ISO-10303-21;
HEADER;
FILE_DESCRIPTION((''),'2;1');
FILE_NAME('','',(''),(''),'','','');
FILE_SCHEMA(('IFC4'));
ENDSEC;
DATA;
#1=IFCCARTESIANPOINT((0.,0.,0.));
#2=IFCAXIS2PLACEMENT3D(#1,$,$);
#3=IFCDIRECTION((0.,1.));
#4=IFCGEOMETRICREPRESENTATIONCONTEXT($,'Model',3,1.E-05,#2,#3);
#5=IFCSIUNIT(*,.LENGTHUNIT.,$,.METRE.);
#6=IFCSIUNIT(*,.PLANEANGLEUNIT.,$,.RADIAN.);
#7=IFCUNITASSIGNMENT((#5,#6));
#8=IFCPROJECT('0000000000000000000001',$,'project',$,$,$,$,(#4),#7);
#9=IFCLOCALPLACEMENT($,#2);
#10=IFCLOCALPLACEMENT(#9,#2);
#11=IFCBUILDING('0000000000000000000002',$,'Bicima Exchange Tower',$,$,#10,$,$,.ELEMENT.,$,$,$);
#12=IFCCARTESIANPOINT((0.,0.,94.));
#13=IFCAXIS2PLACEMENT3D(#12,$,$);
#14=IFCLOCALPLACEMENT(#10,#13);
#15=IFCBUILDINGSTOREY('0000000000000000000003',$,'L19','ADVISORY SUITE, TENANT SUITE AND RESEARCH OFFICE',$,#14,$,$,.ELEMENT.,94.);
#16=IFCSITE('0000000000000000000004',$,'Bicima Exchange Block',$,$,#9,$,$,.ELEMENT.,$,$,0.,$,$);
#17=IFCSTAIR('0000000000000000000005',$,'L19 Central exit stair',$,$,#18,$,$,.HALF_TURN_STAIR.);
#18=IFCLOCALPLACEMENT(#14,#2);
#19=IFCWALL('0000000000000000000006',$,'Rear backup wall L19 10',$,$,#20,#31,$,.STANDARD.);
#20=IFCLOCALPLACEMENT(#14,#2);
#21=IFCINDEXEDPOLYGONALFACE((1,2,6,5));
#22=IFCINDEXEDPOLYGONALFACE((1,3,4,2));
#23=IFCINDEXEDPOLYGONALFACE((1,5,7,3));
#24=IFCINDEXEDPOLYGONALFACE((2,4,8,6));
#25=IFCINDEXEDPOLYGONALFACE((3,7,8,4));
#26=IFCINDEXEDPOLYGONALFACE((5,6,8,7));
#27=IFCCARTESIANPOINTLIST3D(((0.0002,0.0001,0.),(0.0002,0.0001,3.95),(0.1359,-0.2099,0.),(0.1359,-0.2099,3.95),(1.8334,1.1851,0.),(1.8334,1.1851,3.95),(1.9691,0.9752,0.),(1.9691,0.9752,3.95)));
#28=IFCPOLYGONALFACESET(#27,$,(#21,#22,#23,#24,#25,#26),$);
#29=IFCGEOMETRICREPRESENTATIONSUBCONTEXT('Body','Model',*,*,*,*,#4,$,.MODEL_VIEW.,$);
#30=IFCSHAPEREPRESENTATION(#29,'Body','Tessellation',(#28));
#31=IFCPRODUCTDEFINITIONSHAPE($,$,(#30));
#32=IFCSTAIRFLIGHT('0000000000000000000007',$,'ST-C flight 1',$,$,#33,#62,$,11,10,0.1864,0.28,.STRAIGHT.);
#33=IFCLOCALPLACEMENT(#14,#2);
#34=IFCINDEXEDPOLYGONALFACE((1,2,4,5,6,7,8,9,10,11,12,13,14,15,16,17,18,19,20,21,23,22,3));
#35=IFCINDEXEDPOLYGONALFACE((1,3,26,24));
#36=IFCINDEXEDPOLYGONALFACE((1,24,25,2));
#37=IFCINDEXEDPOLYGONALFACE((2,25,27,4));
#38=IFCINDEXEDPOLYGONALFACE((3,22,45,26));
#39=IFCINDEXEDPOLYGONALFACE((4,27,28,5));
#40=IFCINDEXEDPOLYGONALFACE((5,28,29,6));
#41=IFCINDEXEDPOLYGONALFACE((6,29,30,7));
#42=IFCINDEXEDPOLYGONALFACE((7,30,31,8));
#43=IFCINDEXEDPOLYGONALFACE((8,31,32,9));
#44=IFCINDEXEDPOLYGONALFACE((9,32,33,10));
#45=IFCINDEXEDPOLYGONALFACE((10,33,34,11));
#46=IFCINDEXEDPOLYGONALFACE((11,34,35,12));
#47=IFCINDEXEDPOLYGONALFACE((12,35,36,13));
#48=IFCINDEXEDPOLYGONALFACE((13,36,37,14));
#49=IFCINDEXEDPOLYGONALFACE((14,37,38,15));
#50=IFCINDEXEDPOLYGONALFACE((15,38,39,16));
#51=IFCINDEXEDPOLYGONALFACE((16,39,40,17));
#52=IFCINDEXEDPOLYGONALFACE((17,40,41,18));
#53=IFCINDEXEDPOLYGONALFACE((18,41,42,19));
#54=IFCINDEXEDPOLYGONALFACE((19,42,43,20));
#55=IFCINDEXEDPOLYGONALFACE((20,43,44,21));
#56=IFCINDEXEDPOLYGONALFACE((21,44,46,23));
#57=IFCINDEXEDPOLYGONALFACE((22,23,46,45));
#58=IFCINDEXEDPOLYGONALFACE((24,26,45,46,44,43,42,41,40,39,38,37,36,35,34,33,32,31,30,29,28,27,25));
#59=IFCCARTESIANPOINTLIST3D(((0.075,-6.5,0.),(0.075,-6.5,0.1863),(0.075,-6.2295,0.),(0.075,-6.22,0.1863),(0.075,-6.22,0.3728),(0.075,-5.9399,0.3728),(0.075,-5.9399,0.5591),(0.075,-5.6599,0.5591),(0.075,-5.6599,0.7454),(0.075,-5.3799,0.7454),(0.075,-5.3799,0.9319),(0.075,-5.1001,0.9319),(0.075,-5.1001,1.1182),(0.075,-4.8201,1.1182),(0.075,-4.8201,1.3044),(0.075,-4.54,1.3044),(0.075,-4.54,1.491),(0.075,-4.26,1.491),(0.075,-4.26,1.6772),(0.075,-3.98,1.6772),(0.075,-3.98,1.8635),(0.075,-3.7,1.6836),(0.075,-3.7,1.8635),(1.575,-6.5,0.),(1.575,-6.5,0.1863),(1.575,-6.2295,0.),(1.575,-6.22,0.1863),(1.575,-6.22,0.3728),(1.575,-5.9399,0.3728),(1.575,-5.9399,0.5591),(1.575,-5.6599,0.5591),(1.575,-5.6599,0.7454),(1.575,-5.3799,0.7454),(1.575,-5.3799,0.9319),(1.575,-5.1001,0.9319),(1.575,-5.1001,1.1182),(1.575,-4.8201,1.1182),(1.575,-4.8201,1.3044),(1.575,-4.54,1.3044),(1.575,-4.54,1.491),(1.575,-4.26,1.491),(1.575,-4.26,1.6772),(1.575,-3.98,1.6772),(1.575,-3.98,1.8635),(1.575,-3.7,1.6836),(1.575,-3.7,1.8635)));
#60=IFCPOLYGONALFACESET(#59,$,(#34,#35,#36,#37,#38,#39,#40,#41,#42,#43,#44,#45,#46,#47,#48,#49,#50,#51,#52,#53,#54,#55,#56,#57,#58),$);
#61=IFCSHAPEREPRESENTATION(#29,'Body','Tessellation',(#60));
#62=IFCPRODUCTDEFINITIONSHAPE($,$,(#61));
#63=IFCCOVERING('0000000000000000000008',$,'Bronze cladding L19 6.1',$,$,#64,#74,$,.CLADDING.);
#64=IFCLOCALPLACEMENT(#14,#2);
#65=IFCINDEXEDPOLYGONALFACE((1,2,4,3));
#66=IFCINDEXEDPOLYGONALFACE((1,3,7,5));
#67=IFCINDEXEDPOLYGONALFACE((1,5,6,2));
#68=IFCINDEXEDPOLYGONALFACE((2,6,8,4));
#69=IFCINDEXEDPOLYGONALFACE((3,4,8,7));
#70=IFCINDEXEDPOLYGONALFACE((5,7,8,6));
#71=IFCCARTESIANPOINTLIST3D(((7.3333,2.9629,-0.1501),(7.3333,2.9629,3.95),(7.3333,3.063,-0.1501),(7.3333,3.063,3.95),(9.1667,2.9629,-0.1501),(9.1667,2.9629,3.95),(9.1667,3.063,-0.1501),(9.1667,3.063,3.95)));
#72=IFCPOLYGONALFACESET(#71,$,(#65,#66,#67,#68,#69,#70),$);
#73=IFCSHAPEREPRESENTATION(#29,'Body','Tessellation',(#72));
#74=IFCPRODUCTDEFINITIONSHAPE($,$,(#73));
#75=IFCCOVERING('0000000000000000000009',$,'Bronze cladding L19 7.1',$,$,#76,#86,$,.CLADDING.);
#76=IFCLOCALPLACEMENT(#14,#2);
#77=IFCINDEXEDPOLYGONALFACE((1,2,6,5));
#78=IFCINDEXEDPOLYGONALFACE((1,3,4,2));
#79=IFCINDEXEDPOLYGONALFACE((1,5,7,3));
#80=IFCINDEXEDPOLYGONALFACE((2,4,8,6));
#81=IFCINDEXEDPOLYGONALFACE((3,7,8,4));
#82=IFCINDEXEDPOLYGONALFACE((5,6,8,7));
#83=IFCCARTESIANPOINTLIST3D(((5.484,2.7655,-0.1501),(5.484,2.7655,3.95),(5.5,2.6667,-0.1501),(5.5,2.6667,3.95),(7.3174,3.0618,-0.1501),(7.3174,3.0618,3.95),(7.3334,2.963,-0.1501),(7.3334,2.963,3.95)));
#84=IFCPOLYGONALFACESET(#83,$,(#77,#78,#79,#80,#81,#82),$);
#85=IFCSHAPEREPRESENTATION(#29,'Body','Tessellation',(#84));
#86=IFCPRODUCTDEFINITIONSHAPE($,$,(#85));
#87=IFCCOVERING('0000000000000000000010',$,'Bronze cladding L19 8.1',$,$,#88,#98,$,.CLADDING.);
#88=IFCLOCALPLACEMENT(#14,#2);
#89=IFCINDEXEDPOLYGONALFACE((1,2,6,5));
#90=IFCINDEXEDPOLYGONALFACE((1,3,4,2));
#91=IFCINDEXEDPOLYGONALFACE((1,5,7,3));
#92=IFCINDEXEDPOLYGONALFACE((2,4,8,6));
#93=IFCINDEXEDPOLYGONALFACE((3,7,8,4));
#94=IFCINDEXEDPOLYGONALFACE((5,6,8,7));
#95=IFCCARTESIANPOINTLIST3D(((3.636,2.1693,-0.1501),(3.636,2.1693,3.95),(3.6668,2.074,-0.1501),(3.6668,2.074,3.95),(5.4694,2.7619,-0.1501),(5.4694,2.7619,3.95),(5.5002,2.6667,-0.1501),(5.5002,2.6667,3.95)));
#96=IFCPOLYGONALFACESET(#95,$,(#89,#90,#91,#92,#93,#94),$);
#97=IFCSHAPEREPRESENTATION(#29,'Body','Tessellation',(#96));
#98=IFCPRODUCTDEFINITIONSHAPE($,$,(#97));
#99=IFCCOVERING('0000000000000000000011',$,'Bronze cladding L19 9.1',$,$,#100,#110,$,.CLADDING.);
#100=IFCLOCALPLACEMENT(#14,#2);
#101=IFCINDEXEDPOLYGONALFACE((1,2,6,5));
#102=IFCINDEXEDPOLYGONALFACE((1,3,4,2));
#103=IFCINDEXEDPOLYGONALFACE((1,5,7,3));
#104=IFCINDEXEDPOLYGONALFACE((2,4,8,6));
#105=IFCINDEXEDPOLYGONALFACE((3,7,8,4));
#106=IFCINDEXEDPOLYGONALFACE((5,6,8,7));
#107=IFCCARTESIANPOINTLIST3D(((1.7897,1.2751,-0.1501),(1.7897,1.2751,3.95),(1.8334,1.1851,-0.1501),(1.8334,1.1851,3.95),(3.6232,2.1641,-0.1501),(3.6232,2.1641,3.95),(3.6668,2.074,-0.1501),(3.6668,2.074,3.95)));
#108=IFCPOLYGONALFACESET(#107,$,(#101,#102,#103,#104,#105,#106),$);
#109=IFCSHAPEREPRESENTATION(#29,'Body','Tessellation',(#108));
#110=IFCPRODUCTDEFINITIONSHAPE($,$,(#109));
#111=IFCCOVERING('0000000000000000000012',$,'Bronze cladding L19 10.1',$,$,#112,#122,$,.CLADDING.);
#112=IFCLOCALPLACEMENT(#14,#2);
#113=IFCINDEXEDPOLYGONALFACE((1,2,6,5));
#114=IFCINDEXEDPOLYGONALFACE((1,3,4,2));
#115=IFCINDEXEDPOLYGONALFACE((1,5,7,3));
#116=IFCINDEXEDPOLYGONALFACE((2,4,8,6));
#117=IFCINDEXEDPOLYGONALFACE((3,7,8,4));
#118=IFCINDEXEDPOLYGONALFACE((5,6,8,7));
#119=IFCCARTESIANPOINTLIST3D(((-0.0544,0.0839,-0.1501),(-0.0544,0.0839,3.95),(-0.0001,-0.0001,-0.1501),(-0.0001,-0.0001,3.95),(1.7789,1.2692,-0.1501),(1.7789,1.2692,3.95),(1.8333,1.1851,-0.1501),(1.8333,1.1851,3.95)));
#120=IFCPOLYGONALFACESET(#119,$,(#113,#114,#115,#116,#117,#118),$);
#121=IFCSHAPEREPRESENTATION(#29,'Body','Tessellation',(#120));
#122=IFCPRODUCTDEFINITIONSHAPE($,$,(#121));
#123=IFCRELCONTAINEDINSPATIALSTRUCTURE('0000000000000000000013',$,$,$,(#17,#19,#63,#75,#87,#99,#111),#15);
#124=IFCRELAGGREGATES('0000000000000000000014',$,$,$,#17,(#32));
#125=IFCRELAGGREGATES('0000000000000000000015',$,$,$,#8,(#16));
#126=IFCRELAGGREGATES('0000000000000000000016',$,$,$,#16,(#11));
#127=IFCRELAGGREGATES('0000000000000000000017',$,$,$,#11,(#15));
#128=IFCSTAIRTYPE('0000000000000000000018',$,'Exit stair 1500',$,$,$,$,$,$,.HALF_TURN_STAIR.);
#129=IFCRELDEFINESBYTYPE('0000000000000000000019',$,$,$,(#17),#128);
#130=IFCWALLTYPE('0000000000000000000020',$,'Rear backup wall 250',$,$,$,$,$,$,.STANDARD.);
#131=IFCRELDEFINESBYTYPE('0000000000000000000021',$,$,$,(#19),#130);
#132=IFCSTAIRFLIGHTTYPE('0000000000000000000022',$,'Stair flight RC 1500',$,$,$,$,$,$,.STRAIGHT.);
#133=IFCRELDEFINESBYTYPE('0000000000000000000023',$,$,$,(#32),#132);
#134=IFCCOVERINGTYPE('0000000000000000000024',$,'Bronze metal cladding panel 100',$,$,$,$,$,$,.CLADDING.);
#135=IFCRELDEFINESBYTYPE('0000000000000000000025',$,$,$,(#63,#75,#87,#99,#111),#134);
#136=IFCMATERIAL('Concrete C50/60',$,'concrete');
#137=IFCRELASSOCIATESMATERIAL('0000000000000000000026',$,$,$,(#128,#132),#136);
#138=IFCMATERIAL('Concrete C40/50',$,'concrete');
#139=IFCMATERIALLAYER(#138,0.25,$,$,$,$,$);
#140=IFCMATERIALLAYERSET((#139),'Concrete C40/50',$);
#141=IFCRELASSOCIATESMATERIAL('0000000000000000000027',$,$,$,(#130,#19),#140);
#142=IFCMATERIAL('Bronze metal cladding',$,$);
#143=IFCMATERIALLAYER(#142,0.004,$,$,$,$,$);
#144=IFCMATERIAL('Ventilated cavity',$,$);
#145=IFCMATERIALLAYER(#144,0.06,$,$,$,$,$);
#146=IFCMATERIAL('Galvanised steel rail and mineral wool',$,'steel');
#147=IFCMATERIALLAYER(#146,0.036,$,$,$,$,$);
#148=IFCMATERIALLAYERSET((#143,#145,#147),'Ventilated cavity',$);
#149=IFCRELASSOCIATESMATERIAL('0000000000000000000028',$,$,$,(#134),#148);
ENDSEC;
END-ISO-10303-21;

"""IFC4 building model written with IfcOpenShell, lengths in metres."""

from ifc_helpers import new_model, si_unit, direction, frame, frame_2d, origin, origin_2d, place, context, subcontext, project, spatial, polyline, rectangle, outline, extrude, material, layer, layer_set, layer_usage, type_object, element, aggregate, save


model = new_model("IFC4")

# Units and contexts
model_context = context("Model", 3, precision=1e-05, world=origin(), true_north=direction((0.0, 1.0)))
body_context = subcontext(model_context, "Body", "Model", "MODEL_VIEW")
ifc_project = project(units=[si_unit("LENGTHUNIT", "METRE"), si_unit("PLANEANGLEUNIT", "RADIAN")], contexts=[model_context])

# Site, building, storey
site_placement = place(None, origin())
site = spatial("IfcSite", under=ifc_project, at=site_placement, Name="Bicima Exchange Block", CompositionType="ELEMENT", RefElevation=0.0)
building_placement = place(site_placement, origin())
building = spatial("IfcBuilding", under=site, at=building_placement, Name="Bicima Exchange Tower", CompositionType="ELEMENT")
storey_placement = place(building_placement, frame((0.0, 0.0, 94.0)))
storey = spatial("IfcBuildingStorey", under=building, at=storey_placement, Name="L19", Description="ADVISORY SUITE, TENANT SUITE AND RESEARCH OFFICE", CompositionType="ELEMENT", Elevation=94.0)

# Shared definitions
ifc_material_1 = material(Name="Concrete C40/50", Category="concrete")

# Stair
ifc_material_2 = material(Name="Concrete C50/60", Category="concrete")
stair_type_1 = type_object("IfcStairType", Name="Exit stair 1500", PredefinedType="HALF_TURN_STAIR", material=ifc_material_2)
stair_1_placement = place(storey_placement, origin())
stair_1 = element("IfcStair", 1, at=stair_1_placement, inside=storey, type_object=stair_type_1, Name="L19 Central exit stair", PredefinedType="HALF_TURN_STAIR")

# Wall
ifc_layer_1 = layer(ifc_material_1, 0.25)
ifc_layer_set_1 = layer_set([ifc_layer_1], Name="Concrete C40/50")
ifc_layer_usage = layer_usage(ifc_layer_set_1, "AXIS2", "POSITIVE", -0.125)
wall_type_1 = type_object("IfcWallType", Name="Rear backup wall 250", PredefinedType="STANDARD", material=ifc_layer_set_1)
wall_1_placement = place(storey_placement, frame((1.9011, 1.0801, 0.0), z_axis=(0.0, 0.0, 1.0), x_axis=(-0.839813, -0.542876, 0.0)))
element("IfcWall", 2, at=wall_1_placement, inside=storey, type_object=wall_type_1, material=ifc_layer_usage, Name="Rear backup wall L19 10", PredefinedType="STANDARD", context=body_context, shape_type="SweptSolid", body=[
    extrude(rectangle(XDim=2.1829, YDim=0.25, at=frame_2d((1.0913, 0.0))), origin(), (0.0, 0.0, 1.0), 3.95),
])

# Stair flight
stair_flight_type = type_object("IfcStairFlightType", Name="Stair flight RC 1500", PredefinedType="STRAIGHT", material=ifc_material_2)
stair_flight_placement = place(storey_placement, frame((0.825, -6.5, 0.0), z_axis=(0.0, 0.0, 1.0), x_axis=(0.0, 1.0, 0.0)))
stair_flight = element("IfcStairFlight", 3, at=stair_flight_placement, type_object=stair_flight_type, Name="ST-C flight 1", NumberOfRisers=11, NumberOfTreads=10, PredefinedType="STRAIGHT", RiserHeight=0.1864, TreadLength=0.28, context=body_context, shape_type="SweptSolid", body=[
    extrude(outline(polyline([(0.0, 0.0), (0.0, 0.1863), (0.28, 0.1863), (0.28, 0.3728), (0.5601, 0.3728), (0.5601, 0.5591), (0.8401, 0.5591), (0.8401, 0.7454), (1.1201, 0.7454), (1.1201, 0.9319), (1.3999, 0.9319), (1.3999, 1.1182), (1.6799, 1.1182), (1.6799, 1.3044), (1.96, 1.3044), (1.96, 1.491), (2.24, 1.491), (2.24, 1.6772), (2.52, 1.6772), (2.52, 1.8635), (2.8, 1.8635), (2.8, 2.05), (2.8, 1.6836), (0.2705, 0.0), (0.0, 0.0)])), frame((0.0, 0.75, 0.0), z_axis=(0.0, -1.0, 0.0), x_axis=(1.0, 0.0, 0.0)), (0.0, 0.0, 1.0), 1.5),
])
aggregate(stair_1, [stair_flight])

# Coverings
ifc_material_3 = material(Name="Bronze metal cladding")
ifc_layer_2 = layer(ifc_material_3, 0.004)
ifc_material_4 = material(Name="Ventilated cavity")
ifc_layer_3 = layer(ifc_material_4, 0.06)
ifc_material_5 = material(Name="Galvanised steel rail and mineral wool", Category="steel")
ifc_layer_4 = layer(ifc_material_5, 0.036)
ifc_layer_set_2 = layer_set([ifc_layer_2, ifc_layer_3, ifc_layer_4], Name="Ventilated cavity")
covering_type = type_object("IfcCoveringType", Name="Bronze metal cladding panel 100", PredefinedType="CLADDING", material=ifc_layer_set_2)
covering_1_placement = place(storey_placement, frame((8.25, 3.0129, -0.1501), z_axis=(0.0, 0.0, 1.0), x_axis=(-1.0, 0.0, 0.0)))
element("IfcCovering", 4, at=covering_1_placement, inside=storey, type_object=covering_type, Name="Bronze cladding L19 6.1", PredefinedType="CLADDING", context=body_context, shape_type="SweptSolid", body=[
    extrude(rectangle(XDim=1.8335, YDim=0.1001, at=origin_2d()), origin(), (0.0, 0.0, 1.0), 4.1001),
])
covering_2_placement = place(storey_placement, frame((6.4087, 2.8643, -0.1501), z_axis=(0.0, 0.0, 1.0), x_axis=(-0.98719, -0.15955, 0.0)))
element("IfcCovering", 5, at=covering_2_placement, inside=storey, type_object=covering_type, Name="Bronze cladding L19 7.1", PredefinedType="CLADDING", context=body_context, shape_type="SweptSolid", body=[
    extrude(rectangle(XDim=1.8572, YDim=0.1001, at=origin_2d()), origin(), (0.0, 0.0, 1.0), 4.1001),
])
covering_3_placement = place(storey_placement, frame((4.5681, 2.418, -0.1501), z_axis=(0.0, 0.0, 1.0), x_axis=(-0.951525, -0.307573, 0.0)))
element("IfcCovering", 6, at=covering_3_placement, inside=storey, type_object=covering_type, Name="Bronze cladding L19 8.1", PredefinedType="CLADDING", context=body_context, shape_type="SweptSolid", body=[
    extrude(rectangle(XDim=1.9268, YDim=0.1001, at=origin_2d()), origin(), (0.0, 0.0, 1.0), 4.1001),
])
covering_4_placement = place(storey_placement, frame((2.7283, 1.6746, -0.1501), z_axis=(0.0, 0.0, 1.0), x_axis=(-0.899818, -0.436265, 0.0)))
element("IfcCovering", 7, at=covering_4_placement, inside=storey, type_object=covering_type, Name="Bronze cladding L19 9.1", PredefinedType="CLADDING", context=body_context, shape_type="SweptSolid", body=[
    extrude(rectangle(XDim=2.0376, YDim=0.1001, at=origin_2d()), origin(), (0.0, 0.0, 1.0), 4.1001),
])
covering_5_placement = place(storey_placement, frame((0.8894, 0.6345, -0.1501), z_axis=(0.0, 0.0, 1.0), x_axis=(-0.83979, -0.542911, 0.0)))
element("IfcCovering", 8, at=covering_5_placement, inside=storey, type_object=covering_type, Name="Bronze cladding L19 10.1", PredefinedType="CLADDING", context=body_context, shape_type="SweptSolid", body=[
    extrude(rectangle(XDim=2.1831, YDim=0.1001, at=origin_2d()), origin(), (0.0, 0.0, 1.0), 4.1001),
])

save(model, "model.ifc")
